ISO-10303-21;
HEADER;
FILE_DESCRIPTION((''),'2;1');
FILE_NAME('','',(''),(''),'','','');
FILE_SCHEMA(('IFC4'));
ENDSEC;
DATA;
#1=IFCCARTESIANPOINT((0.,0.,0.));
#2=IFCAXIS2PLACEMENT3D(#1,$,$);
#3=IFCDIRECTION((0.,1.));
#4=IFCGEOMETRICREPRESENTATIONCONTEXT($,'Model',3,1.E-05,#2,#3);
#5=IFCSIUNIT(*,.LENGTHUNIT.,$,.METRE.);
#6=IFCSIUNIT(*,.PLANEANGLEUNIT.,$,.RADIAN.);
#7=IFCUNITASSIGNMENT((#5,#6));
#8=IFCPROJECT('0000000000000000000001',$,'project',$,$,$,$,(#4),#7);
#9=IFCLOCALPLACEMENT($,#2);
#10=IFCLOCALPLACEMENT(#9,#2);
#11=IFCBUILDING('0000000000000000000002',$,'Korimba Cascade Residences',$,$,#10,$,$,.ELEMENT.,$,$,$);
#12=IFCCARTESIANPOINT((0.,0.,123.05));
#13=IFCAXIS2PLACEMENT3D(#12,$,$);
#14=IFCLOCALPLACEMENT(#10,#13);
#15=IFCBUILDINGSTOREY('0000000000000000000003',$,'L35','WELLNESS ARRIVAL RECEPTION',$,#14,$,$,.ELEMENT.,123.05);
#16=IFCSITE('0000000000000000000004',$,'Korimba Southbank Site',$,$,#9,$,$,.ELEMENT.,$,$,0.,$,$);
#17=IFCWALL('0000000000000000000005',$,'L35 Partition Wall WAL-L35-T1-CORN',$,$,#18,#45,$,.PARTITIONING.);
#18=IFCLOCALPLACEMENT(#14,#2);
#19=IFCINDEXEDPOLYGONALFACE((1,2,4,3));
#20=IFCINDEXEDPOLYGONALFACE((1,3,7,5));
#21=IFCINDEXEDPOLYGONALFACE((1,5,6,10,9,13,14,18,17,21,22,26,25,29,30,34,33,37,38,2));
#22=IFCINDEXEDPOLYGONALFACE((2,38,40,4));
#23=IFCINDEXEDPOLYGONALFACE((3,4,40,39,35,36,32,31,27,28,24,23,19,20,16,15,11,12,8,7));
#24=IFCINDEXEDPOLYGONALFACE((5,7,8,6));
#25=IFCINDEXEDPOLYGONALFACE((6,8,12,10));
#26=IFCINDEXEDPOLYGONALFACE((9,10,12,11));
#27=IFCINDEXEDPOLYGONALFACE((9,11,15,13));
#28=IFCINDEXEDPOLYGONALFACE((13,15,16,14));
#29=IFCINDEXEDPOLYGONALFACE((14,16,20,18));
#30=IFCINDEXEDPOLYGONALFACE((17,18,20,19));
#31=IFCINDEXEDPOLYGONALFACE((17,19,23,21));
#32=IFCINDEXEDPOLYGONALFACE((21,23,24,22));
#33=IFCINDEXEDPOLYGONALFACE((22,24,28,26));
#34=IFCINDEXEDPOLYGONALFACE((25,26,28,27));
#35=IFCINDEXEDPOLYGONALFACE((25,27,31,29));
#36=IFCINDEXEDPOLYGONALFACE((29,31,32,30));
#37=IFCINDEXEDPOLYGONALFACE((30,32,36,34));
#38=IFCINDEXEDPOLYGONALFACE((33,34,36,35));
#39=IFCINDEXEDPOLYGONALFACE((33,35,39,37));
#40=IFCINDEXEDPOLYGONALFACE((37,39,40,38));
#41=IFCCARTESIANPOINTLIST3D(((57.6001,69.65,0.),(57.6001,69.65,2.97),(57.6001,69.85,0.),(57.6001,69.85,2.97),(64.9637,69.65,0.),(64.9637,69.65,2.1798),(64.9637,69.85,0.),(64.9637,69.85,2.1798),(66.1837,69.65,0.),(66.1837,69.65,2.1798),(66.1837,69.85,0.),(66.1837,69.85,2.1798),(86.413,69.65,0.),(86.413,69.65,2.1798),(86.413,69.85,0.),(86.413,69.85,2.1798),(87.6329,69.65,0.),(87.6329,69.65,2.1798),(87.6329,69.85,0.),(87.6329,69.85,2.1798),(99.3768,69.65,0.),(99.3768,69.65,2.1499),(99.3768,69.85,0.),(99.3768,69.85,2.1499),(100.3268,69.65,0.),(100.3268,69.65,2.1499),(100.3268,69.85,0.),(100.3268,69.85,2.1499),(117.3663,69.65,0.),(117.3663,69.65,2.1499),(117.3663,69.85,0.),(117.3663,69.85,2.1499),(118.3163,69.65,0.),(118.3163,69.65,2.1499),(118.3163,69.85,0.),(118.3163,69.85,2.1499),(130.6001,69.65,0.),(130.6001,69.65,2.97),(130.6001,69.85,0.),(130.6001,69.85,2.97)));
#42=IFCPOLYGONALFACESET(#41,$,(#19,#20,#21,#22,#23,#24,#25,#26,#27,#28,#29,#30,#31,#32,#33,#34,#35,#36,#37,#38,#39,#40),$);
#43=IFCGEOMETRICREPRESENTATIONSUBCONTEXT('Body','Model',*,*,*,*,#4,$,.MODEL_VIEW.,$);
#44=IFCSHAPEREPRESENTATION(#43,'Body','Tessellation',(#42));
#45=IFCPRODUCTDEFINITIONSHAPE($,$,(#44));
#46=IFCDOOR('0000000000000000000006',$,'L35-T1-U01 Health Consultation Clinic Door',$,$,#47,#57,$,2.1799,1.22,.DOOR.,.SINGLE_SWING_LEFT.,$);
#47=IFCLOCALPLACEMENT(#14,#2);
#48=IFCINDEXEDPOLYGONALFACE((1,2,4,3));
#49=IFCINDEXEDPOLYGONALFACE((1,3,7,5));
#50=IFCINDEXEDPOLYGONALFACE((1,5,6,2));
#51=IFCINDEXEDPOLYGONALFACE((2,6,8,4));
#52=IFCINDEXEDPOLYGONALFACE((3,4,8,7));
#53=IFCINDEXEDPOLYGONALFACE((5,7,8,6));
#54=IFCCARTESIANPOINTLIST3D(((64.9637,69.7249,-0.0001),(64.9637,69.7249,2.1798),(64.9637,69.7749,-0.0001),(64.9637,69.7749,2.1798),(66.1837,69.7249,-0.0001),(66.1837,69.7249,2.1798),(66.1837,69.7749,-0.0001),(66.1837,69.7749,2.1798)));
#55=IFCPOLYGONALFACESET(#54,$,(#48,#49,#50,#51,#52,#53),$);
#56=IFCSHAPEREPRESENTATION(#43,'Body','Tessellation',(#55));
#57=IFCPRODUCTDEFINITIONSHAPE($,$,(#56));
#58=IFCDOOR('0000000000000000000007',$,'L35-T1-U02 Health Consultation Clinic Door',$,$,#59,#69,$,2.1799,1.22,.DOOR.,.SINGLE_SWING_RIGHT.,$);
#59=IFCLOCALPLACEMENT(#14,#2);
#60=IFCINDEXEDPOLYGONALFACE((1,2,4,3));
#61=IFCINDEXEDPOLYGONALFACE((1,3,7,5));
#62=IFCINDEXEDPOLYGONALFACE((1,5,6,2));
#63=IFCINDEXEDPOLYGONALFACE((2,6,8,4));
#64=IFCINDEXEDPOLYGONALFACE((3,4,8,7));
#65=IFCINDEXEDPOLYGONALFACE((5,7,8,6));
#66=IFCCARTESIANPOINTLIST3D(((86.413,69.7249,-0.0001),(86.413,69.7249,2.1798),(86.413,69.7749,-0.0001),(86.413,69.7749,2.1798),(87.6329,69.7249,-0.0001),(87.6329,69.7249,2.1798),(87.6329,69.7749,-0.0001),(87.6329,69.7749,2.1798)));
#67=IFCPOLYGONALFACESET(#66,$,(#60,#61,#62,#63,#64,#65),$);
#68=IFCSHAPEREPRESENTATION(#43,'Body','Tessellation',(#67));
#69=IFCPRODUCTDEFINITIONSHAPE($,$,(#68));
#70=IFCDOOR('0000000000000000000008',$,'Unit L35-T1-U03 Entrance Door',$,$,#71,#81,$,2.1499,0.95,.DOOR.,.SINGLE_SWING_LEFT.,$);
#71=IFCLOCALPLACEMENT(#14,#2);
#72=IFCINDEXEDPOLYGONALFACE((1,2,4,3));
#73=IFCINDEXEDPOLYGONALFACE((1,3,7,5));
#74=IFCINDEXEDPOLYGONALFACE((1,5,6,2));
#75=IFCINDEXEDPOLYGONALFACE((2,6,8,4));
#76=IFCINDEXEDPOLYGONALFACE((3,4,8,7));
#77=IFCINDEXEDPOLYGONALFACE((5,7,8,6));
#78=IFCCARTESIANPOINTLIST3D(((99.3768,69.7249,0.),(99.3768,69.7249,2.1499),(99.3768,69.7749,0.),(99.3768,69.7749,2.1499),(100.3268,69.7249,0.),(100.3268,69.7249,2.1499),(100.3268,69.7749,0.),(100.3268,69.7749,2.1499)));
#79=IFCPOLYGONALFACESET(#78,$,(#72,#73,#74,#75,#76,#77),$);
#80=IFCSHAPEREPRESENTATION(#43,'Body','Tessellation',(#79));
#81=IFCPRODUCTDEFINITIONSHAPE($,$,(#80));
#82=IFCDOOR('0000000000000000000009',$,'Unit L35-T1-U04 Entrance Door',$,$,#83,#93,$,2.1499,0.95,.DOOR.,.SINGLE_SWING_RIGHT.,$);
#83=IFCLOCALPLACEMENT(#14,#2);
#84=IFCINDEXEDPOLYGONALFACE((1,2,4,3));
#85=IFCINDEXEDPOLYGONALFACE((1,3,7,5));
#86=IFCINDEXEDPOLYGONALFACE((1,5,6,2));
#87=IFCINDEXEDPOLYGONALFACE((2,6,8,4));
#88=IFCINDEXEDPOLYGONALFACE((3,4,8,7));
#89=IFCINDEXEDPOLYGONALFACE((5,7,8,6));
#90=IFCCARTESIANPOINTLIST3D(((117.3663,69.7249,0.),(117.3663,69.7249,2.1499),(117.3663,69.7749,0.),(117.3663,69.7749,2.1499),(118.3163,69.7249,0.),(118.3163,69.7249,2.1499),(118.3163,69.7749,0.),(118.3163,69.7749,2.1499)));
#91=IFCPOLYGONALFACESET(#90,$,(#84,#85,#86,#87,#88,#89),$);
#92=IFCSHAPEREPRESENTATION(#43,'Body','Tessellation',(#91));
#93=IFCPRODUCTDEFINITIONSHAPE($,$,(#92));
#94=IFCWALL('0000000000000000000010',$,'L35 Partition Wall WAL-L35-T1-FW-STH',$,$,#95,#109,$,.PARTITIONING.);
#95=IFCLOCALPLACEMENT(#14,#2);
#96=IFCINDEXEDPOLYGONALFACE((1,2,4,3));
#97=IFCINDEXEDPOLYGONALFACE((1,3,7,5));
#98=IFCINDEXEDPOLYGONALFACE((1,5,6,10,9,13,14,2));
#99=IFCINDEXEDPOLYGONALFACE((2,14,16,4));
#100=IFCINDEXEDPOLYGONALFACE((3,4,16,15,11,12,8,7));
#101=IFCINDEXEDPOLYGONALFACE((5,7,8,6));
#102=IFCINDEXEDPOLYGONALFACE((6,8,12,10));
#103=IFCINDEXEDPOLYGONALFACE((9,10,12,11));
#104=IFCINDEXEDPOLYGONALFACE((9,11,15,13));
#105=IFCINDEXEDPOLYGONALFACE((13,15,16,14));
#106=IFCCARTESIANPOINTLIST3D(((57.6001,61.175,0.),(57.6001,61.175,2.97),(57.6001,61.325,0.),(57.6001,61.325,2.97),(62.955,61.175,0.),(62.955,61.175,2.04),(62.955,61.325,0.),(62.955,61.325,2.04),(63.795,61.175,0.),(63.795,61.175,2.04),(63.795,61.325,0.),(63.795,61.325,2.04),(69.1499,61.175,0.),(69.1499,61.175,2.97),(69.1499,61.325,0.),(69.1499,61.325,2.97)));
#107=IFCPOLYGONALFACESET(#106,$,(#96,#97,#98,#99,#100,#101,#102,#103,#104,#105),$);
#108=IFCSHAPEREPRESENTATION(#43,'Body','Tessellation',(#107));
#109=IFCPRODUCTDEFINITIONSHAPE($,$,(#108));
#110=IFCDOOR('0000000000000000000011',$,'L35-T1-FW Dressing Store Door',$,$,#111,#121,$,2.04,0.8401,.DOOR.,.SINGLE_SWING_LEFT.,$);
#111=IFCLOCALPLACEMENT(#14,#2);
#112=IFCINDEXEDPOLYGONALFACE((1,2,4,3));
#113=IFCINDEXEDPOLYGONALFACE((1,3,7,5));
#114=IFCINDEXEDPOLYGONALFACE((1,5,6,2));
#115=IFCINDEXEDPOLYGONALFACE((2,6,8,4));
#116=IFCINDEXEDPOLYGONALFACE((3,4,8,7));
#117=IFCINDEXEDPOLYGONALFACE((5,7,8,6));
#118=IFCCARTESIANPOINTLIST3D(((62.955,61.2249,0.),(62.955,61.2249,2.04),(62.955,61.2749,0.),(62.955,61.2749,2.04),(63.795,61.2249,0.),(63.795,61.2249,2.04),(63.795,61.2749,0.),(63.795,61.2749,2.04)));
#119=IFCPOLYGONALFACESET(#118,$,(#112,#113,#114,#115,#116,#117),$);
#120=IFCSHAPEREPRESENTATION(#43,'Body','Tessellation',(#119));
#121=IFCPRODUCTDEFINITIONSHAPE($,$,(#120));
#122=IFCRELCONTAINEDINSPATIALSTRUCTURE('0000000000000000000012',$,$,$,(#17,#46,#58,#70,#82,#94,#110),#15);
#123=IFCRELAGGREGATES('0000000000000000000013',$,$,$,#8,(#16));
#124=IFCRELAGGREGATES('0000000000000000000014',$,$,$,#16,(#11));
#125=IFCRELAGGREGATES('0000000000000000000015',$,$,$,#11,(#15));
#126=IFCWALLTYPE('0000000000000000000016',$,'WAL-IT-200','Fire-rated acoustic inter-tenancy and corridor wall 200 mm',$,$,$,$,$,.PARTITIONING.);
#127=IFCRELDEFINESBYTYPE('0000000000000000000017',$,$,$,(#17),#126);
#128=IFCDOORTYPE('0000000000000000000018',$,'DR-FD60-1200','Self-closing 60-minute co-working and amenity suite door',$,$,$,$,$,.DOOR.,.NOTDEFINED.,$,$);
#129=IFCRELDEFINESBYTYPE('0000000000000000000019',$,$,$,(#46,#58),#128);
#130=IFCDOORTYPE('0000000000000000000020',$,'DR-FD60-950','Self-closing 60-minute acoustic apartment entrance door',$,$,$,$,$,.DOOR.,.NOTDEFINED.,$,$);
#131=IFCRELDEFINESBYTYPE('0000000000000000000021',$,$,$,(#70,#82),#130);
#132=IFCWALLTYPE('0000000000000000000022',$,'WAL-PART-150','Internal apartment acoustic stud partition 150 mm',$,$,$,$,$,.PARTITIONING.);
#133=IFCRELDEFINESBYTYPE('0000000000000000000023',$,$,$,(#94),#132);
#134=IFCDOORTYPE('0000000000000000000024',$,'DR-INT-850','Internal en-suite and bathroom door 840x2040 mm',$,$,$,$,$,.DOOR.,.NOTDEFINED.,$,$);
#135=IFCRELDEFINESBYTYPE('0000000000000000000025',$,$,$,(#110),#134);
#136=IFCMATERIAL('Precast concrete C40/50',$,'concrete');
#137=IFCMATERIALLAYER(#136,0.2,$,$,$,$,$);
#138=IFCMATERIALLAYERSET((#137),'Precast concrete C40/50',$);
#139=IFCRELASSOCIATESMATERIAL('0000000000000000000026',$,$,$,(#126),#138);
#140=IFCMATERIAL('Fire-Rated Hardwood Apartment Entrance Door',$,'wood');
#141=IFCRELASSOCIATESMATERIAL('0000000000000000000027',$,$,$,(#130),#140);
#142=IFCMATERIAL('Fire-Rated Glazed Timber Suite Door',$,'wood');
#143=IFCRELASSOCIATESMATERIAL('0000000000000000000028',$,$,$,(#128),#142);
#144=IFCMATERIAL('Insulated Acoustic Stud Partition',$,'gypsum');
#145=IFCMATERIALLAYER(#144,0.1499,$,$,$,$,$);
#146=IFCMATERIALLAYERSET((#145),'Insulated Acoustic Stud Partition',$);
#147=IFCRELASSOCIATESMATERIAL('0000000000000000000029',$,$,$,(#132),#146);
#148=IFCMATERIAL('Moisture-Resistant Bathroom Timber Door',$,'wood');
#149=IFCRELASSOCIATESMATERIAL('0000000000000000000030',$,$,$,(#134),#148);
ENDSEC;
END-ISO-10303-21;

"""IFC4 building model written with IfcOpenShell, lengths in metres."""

from ifc_helpers import new_model, si_unit, direction, frame, frame_2d, origin, place, context, subcontext, project, spatial, rectangle, extrude, material, layer, layer_set, type_object, element, fill, save


model = new_model("IFC4")

# Units and contexts
model_context = context("Model", 3, precision=1e-05, world=origin(), true_north=direction((0.0, 1.0)))
body_context = subcontext(model_context, "Body", "Model", "MODEL_VIEW")
ifc_project = project(units=[si_unit("LENGTHUNIT", "METRE"), si_unit("PLANEANGLEUNIT", "RADIAN")], contexts=[model_context])

# Site, building, storey
site_placement = place(None, origin())
site = spatial("IfcSite", under=ifc_project, at=site_placement, Name="Korimba Southbank Site", CompositionType="ELEMENT", RefElevation=0.0)
building_placement = place(site_placement, origin())
building = spatial("IfcBuilding", under=site, at=building_placement, Name="Korimba Cascade Residences", CompositionType="ELEMENT")
storey_placement = place(building_placement, frame((0.0, 0.0, 123.05)))
storey = spatial("IfcBuildingStorey", under=building, at=storey_placement, Name="L35", Description="WELLNESS ARRIVAL RECEPTION", CompositionType="ELEMENT", Elevation=123.05)

# Shared definitions
ifc_material_1 = material(Name="Precast concrete C40/50", Category="concrete")
ifc_layer_1 = layer(ifc_material_1, 0.2)
ifc_layer_set_1 = layer_set([ifc_layer_1], Name="Precast concrete C40/50")
wall_type_1 = type_object("IfcWallType", Name="WAL-IT-200", Description="Fire-rated acoustic inter-tenancy and corridor wall 200 mm", PredefinedType="PARTITIONING", material=ifc_layer_set_1)
ifc_material_2 = material(Name="Fire-Rated Hardwood Apartment Entrance Door", Category="wood")
door_type_1 = type_object("IfcDoorType", Name="DR-FD60-950", Description="Self-closing 60-minute acoustic apartment entrance door", OperationType="NOTDEFINED", PredefinedType="DOOR", material=ifc_material_2)

# Wall, openings, doors
wall_1_placement = place(storey_placement, frame((57.6001, 69.75, 0.0), z_axis=(0.0, 0.0, 1.0), x_axis=(1.0, 0.0, 0.0)))
wall_1 = element("IfcWall", 1, at=wall_1_placement, inside=storey, type_object=wall_type_1, Name="L35 Partition Wall WAL-L35-T1-CORN", PredefinedType="PARTITIONING", context=body_context, shape_type="SweptSolid", body=[
    extrude(rectangle(XDim=73.0, YDim=0.2, at=frame_2d((36.5, 0.0))), origin(), (0.0, 0.0, 1.0), 2.97),
])
opening_1_placement = place(wall_1_placement, frame((7.3638, 0.0, 0.0)))
opening_1 = element("IfcOpeningElement", 2, at=opening_1_placement, cuts=wall_1, PredefinedType="OPENING", context=body_context, shape_type="SweptSolid", body=[
    extrude(rectangle(XDim=1.22, YDim=2.1799, at=frame_2d((0.6099, 1.0898))), frame((0.0, 0.1099, 0.0), z_axis=(0.0, -1.0, 0.0), x_axis=(1.0, 0.0, 0.0)), (0.0, 0.0, 1.0), 0.22),
])
opening_2_placement = place(wall_1_placement, frame((28.813, 0.0, 0.0)))
opening_2 = element("IfcOpeningElement", 3, at=opening_2_placement, cuts=wall_1, PredefinedType="OPENING", context=body_context, shape_type="SweptSolid", body=[
    extrude(rectangle(XDim=1.22, YDim=2.1799, at=frame_2d((0.6099, 1.0898))), frame((0.0, 0.1099, 0.0), z_axis=(0.0, -1.0, 0.0), x_axis=(1.0, 0.0, 0.0)), (0.0, 0.0, 1.0), 0.22),
])
opening_3_placement = place(wall_1_placement, frame((41.7766, 0.0, 0.0)))
opening_3 = element("IfcOpeningElement", 4, at=opening_3_placement, cuts=wall_1, PredefinedType="OPENING", context=body_context, shape_type="SweptSolid", body=[
    extrude(rectangle(XDim=0.95, YDim=2.1499, at=frame_2d((0.4751, 1.075))), frame((0.0, 0.1099, 0.0), z_axis=(0.0, -1.0, 0.0), x_axis=(1.0, 0.0, 0.0)), (0.0, 0.0, 1.0), 0.22),
])
opening_4_placement = place(wall_1_placement, frame((59.7661, 0.0, 0.0)))
opening_4 = element("IfcOpeningElement", 5, at=opening_4_placement, cuts=wall_1, PredefinedType="OPENING", context=body_context, shape_type="SweptSolid", body=[
    extrude(rectangle(XDim=0.95, YDim=2.1499, at=frame_2d((0.4751, 1.075))), frame((0.0, 0.1099, 0.0), z_axis=(0.0, -1.0, 0.0), x_axis=(1.0, 0.0, 0.0)), (0.0, 0.0, 1.0), 0.22),
])
ifc_material_3 = material(Name="Fire-Rated Glazed Timber Suite Door", Category="wood")
door_type_2 = type_object("IfcDoorType", Name="DR-FD60-1200", Description="Self-closing 60-minute co-working and amenity suite door", OperationType="NOTDEFINED", PredefinedType="DOOR", material=ifc_material_3)
door_1_placement = place(opening_1_placement, origin())
door_1 = element("IfcDoor", 6, at=door_1_placement, inside=storey, type_object=door_type_2, Name="L35-T1-U01 Health Consultation Clinic Door", OperationType="SINGLE_SWING_LEFT", OverallHeight=2.1799, OverallWidth=1.22, PredefinedType="DOOR", context=body_context, shape_type="SweptSolid", body=[
    extrude(rectangle(XDim=1.22, YDim=2.1799, at=frame_2d((0.6099, 1.0898))), frame((0.0, 0.0249, 0.0), z_axis=(0.0, -1.0, 0.0), x_axis=(1.0, 0.0, 0.0)), (0.0, 0.0, 1.0), 0.05),
])
fill(opening_1, door_1)
door_2_placement = place(opening_2_placement, origin())
door_2 = element("IfcDoor", 7, at=door_2_placement, inside=storey, type_object=door_type_2, Name="L35-T1-U02 Health Consultation Clinic Door", OperationType="SINGLE_SWING_RIGHT", OverallHeight=2.1799, OverallWidth=1.22, PredefinedType="DOOR", context=body_context, shape_type="SweptSolid", body=[
    extrude(rectangle(XDim=1.22, YDim=2.1799, at=frame_2d((0.6099, 1.0898))), frame((0.0, 0.0249, 0.0), z_axis=(0.0, -1.0, 0.0), x_axis=(1.0, 0.0, 0.0)), (0.0, 0.0, 1.0), 0.05),
])
fill(opening_2, door_2)
door_3_placement = place(opening_3_placement, origin())
door_3 = element("IfcDoor", 8, at=door_3_placement, inside=storey, type_object=door_type_1, Name="Unit L35-T1-U03 Entrance Door", OperationType="SINGLE_SWING_LEFT", OverallHeight=2.1499, OverallWidth=0.95, PredefinedType="DOOR", context=body_context, shape_type="SweptSolid", body=[
    extrude(rectangle(XDim=0.95, YDim=2.1499, at=frame_2d((0.4751, 1.075))), frame((0.0, 0.0249, 0.0), z_axis=(0.0, -1.0, 0.0), x_axis=(1.0, 0.0, 0.0)), (0.0, 0.0, 1.0), 0.05),
])
fill(opening_3, door_3)
door_4_placement = place(opening_4_placement, origin())
door_4 = element("IfcDoor", 9, at=door_4_placement, inside=storey, type_object=door_type_1, Name="Unit L35-T1-U04 Entrance Door", OperationType="SINGLE_SWING_RIGHT", OverallHeight=2.1499, OverallWidth=0.95, PredefinedType="DOOR", context=body_context, shape_type="SweptSolid", body=[
    extrude(rectangle(XDim=0.95, YDim=2.1499, at=frame_2d((0.4751, 1.075))), frame((0.0, 0.0249, 0.0), z_axis=(0.0, -1.0, 0.0), x_axis=(1.0, 0.0, 0.0)), (0.0, 0.0, 1.0), 0.05),
])
fill(opening_4, door_4)

# Wall, opening, door
ifc_material_4 = material(Name="Insulated Acoustic Stud Partition", Category="gypsum")
ifc_layer_2 = layer(ifc_material_4, 0.1499)
ifc_layer_set_2 = layer_set([ifc_layer_2], Name="Insulated Acoustic Stud Partition")
wall_type_2 = type_object("IfcWallType", Name="WAL-PART-150", Description="Internal apartment acoustic stud partition 150 mm", PredefinedType="PARTITIONING", material=ifc_layer_set_2)
wall_2_placement = place(storey_placement, frame((57.6001, 61.25, 0.0), z_axis=(0.0, 0.0, 1.0), x_axis=(1.0, 0.0, 0.0)))
wall_2 = element("IfcWall", 10, at=wall_2_placement, inside=storey, type_object=wall_type_2, Name="L35 Partition Wall WAL-L35-T1-FW-STH", PredefinedType="PARTITIONING", context=body_context, shape_type="SweptSolid", body=[
    extrude(rectangle(XDim=11.5498, YDim=0.1499, at=frame_2d((5.7749, 0.0))), origin(), (0.0, 0.0, 1.0), 2.97),
])
opening_5_placement = place(wall_2_placement, frame((5.355, 0.0, 0.0)))
opening_5 = element("IfcOpeningElement", 11, at=opening_5_placement, cuts=wall_2, PredefinedType="OPENING", context=body_context, shape_type="SweptSolid", body=[
    extrude(rectangle(XDim=0.8401, YDim=2.04, at=frame_2d((0.4199, 1.02))), frame((0.0, 0.085, 0.0), z_axis=(0.0, -1.0, 0.0), x_axis=(1.0, 0.0, 0.0)), (0.0, 0.0, 1.0), 0.1699),
])
ifc_material_5 = material(Name="Moisture-Resistant Bathroom Timber Door", Category="wood")
door_type_3 = type_object("IfcDoorType", Name="DR-INT-850", Description="Internal en-suite and bathroom door 840x2040 mm", OperationType="NOTDEFINED", PredefinedType="DOOR", material=ifc_material_5)
door_5_placement = place(opening_5_placement, origin())
door_5 = element("IfcDoor", 12, at=door_5_placement, inside=storey, type_object=door_type_3, Name="L35-T1-FW Dressing Store Door", OperationType="SINGLE_SWING_LEFT", OverallHeight=2.04, OverallWidth=0.8401, PredefinedType="DOOR", context=body_context, shape_type="SweptSolid", body=[
    extrude(rectangle(XDim=0.8401, YDim=2.04, at=frame_2d((0.4199, 1.02))), frame((0.0, 0.0249, 0.0), z_axis=(0.0, -1.0, 0.0), x_axis=(1.0, 0.0, 0.0)), (0.0, 0.0, 1.0), 0.05),
])
fill(opening_5, door_5)

save(model, "model.ifc")
